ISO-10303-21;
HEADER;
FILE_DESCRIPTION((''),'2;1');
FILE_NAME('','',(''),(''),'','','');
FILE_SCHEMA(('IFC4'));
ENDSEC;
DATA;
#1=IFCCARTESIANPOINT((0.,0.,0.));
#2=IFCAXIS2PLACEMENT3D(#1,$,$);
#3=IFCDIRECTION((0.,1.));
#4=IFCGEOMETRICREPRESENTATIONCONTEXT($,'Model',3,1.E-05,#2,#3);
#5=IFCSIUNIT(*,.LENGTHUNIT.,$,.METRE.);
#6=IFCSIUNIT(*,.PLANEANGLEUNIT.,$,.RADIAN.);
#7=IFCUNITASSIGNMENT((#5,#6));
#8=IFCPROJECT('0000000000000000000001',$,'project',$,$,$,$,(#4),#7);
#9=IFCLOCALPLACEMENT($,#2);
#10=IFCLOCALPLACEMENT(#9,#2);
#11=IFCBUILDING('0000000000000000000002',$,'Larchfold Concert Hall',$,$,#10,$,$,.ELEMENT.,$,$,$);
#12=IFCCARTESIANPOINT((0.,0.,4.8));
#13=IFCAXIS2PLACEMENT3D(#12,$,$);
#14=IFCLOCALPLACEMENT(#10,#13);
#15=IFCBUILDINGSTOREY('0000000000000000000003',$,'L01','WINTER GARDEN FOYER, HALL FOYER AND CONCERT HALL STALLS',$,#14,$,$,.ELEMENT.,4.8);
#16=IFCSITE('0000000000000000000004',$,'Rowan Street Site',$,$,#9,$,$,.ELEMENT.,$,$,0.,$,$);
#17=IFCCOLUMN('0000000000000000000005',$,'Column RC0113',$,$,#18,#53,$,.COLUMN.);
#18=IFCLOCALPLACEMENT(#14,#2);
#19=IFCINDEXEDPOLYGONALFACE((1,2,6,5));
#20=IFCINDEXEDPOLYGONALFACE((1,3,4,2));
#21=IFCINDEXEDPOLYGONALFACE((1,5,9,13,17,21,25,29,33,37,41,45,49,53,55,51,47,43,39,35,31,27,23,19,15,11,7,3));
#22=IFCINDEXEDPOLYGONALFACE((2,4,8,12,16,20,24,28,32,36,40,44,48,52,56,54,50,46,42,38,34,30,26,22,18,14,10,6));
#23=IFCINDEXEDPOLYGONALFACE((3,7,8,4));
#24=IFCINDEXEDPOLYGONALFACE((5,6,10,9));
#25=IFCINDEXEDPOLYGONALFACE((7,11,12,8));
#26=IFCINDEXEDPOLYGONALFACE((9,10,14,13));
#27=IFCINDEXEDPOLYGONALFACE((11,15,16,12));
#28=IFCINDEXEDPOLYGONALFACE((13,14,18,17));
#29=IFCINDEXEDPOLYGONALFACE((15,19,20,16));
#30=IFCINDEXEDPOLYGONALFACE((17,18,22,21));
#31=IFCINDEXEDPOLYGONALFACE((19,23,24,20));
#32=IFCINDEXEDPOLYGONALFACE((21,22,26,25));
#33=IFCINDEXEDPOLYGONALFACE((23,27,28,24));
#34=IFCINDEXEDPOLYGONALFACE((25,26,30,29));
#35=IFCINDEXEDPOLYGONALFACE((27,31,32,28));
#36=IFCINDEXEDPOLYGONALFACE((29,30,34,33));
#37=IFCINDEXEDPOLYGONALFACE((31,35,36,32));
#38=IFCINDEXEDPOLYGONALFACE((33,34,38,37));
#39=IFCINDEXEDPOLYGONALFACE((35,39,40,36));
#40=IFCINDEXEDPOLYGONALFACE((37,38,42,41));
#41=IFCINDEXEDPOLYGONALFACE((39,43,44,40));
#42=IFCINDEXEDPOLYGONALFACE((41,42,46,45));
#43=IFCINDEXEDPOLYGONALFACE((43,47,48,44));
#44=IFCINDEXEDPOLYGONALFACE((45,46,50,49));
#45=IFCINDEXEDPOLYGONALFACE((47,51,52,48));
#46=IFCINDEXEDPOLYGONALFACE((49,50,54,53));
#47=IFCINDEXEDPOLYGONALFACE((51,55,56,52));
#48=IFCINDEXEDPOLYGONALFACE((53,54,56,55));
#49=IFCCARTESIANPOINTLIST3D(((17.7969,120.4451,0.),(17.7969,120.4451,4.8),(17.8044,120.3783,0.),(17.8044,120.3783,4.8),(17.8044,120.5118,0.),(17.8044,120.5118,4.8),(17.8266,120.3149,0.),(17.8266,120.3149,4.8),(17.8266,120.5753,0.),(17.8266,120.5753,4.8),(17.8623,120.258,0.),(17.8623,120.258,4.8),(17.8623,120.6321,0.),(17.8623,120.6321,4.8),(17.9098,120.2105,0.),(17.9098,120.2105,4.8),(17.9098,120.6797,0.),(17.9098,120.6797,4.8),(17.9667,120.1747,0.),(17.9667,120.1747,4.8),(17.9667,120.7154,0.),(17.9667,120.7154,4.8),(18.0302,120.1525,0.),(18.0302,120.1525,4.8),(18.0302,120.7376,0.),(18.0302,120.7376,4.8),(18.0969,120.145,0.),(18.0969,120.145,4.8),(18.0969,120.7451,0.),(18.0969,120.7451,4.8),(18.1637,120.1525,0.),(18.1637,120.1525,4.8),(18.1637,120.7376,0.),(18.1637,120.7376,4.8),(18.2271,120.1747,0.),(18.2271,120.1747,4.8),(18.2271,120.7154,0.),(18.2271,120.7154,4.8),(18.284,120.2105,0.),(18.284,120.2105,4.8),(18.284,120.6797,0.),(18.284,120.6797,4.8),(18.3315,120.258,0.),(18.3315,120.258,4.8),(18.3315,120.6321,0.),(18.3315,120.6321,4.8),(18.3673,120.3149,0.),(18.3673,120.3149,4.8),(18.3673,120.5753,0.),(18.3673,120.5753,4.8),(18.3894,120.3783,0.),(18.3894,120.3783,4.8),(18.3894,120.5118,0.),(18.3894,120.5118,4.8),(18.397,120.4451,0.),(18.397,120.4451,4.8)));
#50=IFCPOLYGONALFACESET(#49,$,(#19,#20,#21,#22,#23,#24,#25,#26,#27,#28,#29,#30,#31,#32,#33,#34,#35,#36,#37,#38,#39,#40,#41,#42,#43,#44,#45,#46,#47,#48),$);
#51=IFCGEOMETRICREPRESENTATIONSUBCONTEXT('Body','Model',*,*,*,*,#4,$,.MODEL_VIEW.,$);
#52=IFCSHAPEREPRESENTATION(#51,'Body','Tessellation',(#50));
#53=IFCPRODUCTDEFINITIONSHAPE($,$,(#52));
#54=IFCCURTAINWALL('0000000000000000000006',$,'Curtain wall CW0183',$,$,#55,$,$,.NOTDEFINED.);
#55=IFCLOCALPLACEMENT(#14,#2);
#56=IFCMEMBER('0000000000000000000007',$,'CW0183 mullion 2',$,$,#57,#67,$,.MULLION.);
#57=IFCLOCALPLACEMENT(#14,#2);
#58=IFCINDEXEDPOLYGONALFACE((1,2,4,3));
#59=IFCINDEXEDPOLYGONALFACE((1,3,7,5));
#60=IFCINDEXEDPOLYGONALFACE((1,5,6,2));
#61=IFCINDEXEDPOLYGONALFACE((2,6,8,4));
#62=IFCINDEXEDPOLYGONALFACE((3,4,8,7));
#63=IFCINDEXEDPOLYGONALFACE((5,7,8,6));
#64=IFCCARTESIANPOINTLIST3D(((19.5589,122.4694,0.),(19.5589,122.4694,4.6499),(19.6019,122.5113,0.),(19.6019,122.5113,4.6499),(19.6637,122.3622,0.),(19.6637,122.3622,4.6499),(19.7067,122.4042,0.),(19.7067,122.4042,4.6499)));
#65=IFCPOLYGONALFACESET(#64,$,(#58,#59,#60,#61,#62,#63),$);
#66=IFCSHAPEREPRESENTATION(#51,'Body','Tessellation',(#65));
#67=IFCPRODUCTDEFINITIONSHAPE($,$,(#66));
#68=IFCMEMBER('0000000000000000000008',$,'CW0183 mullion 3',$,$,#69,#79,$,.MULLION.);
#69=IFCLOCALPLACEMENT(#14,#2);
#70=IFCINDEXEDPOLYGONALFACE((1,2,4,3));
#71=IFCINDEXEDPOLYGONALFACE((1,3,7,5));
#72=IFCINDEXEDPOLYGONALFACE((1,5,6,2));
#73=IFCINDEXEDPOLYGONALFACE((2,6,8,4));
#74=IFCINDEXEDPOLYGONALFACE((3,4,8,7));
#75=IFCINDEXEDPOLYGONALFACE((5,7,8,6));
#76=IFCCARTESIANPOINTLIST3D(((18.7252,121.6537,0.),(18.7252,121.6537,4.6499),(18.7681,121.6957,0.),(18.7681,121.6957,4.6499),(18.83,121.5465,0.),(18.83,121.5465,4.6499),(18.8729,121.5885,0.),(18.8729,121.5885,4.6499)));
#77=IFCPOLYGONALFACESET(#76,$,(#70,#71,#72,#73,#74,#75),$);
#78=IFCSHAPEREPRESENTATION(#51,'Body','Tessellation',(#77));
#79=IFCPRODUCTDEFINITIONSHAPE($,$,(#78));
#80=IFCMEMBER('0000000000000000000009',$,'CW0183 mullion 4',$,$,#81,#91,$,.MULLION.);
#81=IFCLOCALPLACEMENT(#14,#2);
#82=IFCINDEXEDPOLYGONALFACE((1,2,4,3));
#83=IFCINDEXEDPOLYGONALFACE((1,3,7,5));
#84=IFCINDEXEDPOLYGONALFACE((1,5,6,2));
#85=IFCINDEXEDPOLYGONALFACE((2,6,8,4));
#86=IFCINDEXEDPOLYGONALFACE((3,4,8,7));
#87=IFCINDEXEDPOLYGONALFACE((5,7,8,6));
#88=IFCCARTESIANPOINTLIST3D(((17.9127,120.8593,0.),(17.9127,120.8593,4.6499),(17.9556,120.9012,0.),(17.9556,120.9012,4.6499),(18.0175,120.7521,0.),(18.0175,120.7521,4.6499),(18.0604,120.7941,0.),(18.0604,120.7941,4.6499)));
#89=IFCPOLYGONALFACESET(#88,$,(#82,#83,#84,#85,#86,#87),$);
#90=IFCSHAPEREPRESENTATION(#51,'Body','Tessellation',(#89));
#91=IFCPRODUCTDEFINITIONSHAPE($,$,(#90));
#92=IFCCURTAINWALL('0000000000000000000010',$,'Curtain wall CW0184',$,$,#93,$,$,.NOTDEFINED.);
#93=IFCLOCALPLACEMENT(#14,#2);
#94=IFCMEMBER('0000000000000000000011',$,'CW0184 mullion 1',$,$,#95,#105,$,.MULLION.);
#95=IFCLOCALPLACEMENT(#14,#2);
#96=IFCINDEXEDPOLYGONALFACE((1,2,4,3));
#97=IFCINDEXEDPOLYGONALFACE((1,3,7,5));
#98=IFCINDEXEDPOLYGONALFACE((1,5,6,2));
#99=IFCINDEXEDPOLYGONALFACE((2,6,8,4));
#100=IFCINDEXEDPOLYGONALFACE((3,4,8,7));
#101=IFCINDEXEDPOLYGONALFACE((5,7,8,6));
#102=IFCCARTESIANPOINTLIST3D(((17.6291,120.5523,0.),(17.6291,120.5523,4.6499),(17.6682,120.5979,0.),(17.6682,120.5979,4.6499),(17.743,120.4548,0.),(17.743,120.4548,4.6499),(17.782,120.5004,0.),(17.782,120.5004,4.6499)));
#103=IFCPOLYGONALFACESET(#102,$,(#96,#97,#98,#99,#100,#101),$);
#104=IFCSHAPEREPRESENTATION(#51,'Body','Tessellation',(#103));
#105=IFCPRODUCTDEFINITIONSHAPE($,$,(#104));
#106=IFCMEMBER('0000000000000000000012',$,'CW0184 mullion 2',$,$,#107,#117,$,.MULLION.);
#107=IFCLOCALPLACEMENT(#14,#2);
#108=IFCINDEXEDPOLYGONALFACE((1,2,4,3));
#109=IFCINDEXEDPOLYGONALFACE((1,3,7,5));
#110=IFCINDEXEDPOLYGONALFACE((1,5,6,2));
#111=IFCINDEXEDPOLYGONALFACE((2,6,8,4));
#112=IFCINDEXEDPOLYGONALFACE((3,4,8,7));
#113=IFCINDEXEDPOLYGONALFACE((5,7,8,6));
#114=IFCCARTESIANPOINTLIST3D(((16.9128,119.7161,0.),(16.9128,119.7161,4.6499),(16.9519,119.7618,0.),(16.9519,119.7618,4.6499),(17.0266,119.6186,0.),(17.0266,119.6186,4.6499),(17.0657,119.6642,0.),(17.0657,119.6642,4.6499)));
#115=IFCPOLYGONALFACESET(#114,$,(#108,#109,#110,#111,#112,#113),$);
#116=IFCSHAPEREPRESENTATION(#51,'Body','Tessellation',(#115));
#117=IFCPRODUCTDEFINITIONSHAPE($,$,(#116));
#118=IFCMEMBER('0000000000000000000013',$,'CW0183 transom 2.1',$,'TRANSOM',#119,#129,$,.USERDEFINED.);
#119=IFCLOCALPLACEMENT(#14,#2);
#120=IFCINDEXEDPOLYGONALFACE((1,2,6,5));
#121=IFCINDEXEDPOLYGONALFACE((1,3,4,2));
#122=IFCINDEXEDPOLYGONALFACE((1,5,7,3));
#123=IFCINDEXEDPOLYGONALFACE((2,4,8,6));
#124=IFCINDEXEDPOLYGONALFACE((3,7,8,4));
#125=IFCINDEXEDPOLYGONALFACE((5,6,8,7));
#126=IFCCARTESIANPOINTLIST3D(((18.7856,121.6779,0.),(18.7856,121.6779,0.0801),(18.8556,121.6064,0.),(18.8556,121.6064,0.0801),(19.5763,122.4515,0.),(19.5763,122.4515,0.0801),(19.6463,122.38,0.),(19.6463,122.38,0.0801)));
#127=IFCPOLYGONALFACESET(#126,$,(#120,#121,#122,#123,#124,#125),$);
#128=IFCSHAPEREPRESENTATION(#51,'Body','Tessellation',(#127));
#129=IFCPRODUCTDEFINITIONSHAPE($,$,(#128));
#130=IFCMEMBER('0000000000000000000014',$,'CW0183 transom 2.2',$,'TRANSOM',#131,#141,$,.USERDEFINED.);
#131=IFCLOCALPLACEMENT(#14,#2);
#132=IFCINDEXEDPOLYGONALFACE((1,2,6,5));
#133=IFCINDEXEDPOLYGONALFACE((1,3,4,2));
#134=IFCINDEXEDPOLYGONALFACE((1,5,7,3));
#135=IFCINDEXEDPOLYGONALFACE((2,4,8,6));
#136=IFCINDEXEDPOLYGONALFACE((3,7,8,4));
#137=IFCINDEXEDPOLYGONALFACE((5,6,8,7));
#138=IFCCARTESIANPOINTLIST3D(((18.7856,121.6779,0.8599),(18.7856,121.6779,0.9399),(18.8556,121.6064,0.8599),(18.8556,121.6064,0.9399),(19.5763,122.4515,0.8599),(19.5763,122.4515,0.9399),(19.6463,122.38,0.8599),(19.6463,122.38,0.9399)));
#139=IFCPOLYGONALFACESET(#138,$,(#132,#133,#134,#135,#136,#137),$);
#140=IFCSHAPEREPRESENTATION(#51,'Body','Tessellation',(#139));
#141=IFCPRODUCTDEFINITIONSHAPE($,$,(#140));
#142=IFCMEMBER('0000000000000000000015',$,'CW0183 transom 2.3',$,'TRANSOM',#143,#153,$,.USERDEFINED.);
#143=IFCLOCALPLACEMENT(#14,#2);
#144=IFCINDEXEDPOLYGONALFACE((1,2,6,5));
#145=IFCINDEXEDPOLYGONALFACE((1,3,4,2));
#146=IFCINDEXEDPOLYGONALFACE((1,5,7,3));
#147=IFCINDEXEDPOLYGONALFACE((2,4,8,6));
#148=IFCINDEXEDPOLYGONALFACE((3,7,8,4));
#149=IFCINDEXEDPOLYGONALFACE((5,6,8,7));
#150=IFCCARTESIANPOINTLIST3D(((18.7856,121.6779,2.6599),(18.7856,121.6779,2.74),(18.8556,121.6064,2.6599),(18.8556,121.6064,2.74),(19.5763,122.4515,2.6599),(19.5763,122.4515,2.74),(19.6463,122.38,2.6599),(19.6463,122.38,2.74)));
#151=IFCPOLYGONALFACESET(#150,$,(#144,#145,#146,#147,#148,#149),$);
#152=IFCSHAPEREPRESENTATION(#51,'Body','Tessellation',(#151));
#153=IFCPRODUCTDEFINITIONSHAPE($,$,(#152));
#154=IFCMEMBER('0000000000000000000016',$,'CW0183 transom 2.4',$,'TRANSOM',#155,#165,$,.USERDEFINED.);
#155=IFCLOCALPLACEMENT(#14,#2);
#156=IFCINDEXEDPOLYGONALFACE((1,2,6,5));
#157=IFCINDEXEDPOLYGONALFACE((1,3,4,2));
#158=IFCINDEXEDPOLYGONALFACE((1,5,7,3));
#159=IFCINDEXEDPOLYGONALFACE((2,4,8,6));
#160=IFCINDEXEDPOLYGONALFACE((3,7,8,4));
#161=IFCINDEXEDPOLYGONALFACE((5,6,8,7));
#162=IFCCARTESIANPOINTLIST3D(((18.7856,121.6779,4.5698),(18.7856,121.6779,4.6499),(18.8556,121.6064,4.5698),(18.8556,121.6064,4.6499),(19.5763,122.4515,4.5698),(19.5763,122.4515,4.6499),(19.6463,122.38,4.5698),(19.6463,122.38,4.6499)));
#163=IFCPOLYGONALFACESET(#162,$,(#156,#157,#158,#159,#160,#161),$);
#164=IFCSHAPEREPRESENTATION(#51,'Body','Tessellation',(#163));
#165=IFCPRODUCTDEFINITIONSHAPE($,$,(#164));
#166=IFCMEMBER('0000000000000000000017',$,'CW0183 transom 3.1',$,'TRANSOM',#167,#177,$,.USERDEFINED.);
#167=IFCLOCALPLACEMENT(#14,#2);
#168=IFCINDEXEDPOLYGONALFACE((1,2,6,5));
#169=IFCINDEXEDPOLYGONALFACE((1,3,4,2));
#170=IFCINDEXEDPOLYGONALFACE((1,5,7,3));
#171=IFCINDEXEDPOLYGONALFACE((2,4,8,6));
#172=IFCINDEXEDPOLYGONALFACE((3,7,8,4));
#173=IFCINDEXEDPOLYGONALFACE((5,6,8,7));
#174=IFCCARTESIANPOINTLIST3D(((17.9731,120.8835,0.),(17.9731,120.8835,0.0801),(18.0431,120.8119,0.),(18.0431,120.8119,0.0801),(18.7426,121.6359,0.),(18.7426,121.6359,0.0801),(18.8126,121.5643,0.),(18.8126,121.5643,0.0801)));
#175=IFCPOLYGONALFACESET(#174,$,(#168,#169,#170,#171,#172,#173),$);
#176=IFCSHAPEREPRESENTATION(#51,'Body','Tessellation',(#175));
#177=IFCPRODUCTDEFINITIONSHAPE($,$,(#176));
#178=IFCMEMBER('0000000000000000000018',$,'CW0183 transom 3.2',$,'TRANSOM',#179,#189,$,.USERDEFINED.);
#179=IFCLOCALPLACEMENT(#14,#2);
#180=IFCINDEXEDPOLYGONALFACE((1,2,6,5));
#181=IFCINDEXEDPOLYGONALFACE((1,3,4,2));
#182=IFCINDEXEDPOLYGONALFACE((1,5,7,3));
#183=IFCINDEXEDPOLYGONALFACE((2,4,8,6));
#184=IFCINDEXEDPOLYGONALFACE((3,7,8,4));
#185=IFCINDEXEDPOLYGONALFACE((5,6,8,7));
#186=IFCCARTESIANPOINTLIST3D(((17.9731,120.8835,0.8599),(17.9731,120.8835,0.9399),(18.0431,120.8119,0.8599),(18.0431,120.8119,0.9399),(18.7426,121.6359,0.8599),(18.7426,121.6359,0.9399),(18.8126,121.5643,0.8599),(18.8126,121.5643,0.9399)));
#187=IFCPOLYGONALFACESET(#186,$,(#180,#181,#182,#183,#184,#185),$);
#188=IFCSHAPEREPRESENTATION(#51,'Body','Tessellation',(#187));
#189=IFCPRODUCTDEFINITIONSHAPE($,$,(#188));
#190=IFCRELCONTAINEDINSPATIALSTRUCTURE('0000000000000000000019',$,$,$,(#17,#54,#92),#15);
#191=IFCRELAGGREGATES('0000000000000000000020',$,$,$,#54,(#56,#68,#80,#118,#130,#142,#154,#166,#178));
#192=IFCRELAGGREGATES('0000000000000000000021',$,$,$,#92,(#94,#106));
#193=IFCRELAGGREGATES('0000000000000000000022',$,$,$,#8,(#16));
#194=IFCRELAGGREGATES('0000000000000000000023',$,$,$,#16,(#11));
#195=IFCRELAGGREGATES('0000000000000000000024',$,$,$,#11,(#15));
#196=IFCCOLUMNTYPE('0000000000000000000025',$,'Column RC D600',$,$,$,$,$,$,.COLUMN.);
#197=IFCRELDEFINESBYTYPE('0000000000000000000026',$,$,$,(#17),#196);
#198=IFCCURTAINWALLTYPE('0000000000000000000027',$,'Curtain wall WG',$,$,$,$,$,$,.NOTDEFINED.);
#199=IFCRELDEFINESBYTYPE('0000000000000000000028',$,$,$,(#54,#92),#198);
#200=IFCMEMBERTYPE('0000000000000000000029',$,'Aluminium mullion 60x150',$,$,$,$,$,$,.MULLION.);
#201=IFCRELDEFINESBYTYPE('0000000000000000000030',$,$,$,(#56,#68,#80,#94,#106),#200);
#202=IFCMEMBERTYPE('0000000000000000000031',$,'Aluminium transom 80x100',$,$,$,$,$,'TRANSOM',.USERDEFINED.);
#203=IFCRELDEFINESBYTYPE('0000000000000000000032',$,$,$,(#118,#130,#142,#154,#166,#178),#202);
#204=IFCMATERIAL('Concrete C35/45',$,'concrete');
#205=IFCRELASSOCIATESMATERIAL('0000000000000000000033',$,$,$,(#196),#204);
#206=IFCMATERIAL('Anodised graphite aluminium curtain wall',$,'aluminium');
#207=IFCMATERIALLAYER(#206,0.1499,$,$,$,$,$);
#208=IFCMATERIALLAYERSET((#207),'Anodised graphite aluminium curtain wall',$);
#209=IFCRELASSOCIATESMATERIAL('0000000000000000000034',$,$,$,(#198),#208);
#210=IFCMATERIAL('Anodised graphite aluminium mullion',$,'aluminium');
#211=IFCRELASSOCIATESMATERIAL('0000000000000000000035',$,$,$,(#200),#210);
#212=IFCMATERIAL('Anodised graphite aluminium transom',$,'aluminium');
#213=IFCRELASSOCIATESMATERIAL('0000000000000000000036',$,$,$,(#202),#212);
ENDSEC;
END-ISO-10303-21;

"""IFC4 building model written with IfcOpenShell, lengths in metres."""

from ifc_helpers import new_model, si_unit, direction, frame, origin, origin_2d, place, context, subcontext, project, spatial, rectangle, circle, extrude, material, layer, layer_set, material_profile, profile_set, type_object, element, aggregate, save


model = new_model("IFC4")

# Units and contexts
model_context = context("Model", 3, precision=1e-05, world=origin(), true_north=direction((0.0, 1.0)))
body_context = subcontext(model_context, "Body", "Model", "MODEL_VIEW")
ifc_project = project(units=[si_unit("LENGTHUNIT", "METRE"), si_unit("PLANEANGLEUNIT", "RADIAN")], contexts=[model_context])

# Site, building, storey
site_placement = place(None, origin())
site = spatial("IfcSite", under=ifc_project, at=site_placement, Name="Rowan Street Site", CompositionType="ELEMENT", RefElevation=0.0)
building_placement = place(site_placement, origin())
building = spatial("IfcBuilding", under=site, at=building_placement, Name="Larchfold Concert Hall", CompositionType="ELEMENT")
storey_placement = place(building_placement, frame((0.0, 0.0, 4.8)))
storey = spatial("IfcBuildingStorey", under=building, at=storey_placement, Name="L01", Description="WINTER GARDEN FOYER, HALL FOYER AND CONCERT HALL STALLS", CompositionType="ELEMENT", Elevation=4.8)

# Column
ifc_material_1 = material(Name="Concrete C35/45", Category="concrete")
ifc_material_profile_1 = material_profile(ifc_material_1, circle(Radius=0.3, at=origin_2d()))
ifc_profile_set_1 = profile_set([ifc_material_profile_1], Name="Concrete C35/45")
column_type = type_object("IfcColumnType", Name="Column RC D600", PredefinedType="COLUMN", material=ifc_profile_set_1)
column_placement = place(storey_placement, frame((18.0969, 120.4451, 0.0), z_axis=(0.0, 0.0, 1.0), x_axis=(1.0, 0.0, 0.0)))
element("IfcColumn", 1, at=column_placement, inside=storey, type_object=column_type, Name="Column RC0113", PredefinedType="COLUMN", context=body_context, shape_type="SweptSolid", body=[
    extrude(circle(Radius=0.3, at=origin_2d()), origin(), (0.0, 0.0, 1.0), 4.8),
])

# Curtain walls, members
ifc_material_2 = material(Name="Anodised graphite aluminium curtain wall", Category="aluminium")
ifc_layer_1 = layer(ifc_material_2, 0.1499)
ifc_layer_set_1 = layer_set([ifc_layer_1], Name="Anodised graphite aluminium curtain wall")
curtain_wall_type = type_object("IfcCurtainWallType", Name="Curtain wall WG", PredefinedType="NOTDEFINED", material=ifc_layer_set_1)
curtain_wall_1_placement = place(storey_placement, origin())
curtain_wall_1 = element("IfcCurtainWall", 2, at=curtain_wall_1_placement, inside=storey, type_object=curtain_wall_type, Name="Curtain wall CW0183", PredefinedType="NOTDEFINED")
ifc_material_3 = material(Name="Anodised graphite aluminium mullion", Category="aluminium")
ifc_material_profile_2 = material_profile(ifc_material_3, rectangle(XDim=0.1499, YDim=0.0601, at=origin_2d()))
ifc_profile_set_2 = profile_set([ifc_material_profile_2], Name="Anodised graphite aluminium mullion")
member_type_1 = type_object("IfcMemberType", Name="Aluminium mullion 60x150", PredefinedType="MULLION", material=ifc_profile_set_2)
member_1_placement = place(storey_placement, frame((19.6328, 122.4368, 0.0), z_axis=(0.0, 0.0, 1.0), x_axis=(0.699179, -0.714947, 0.0)))
member_1 = element("IfcMember", 3, at=member_1_placement, type_object=member_type_1, Name="CW0183 mullion 2", PredefinedType="MULLION", context=body_context, shape_type="SweptSolid", body=[
    extrude(rectangle(XDim=0.1499, YDim=0.0601, at=origin_2d()), origin(), (0.0, 0.0, 1.0), 4.6499),
])
member_2_placement = place(storey_placement, frame((18.7991, 121.6211, 0.0), z_axis=(0.0, 0.0, 1.0), x_axis=(0.699179, -0.714947, 0.0)))
member_2 = element("IfcMember", 4, at=member_2_placement, type_object=member_type_1, Name="CW0183 mullion 3", PredefinedType="MULLION", context=body_context, shape_type="SweptSolid", body=[
    extrude(rectangle(XDim=0.1499, YDim=0.0601, at=origin_2d()), origin(), (0.0, 0.0, 1.0), 4.6499),
])
member_3_placement = place(storey_placement, frame((17.9866, 120.8267, 0.0), z_axis=(0.0, 0.0, 1.0), x_axis=(0.699179, -0.714947, 0.0)))
member_3 = element("IfcMember", 5, at=member_3_placement, type_object=member_type_1, Name="CW0183 mullion 4", PredefinedType="MULLION", context=body_context, shape_type="SweptSolid", body=[
    extrude(rectangle(XDim=0.1499, YDim=0.0601, at=origin_2d()), origin(), (0.0, 0.0, 1.0), 4.6499),
])
curtain_wall_2_placement = place(storey_placement, origin())
curtain_wall_2 = element("IfcCurtainWall", 6, at=curtain_wall_2_placement, inside=storey, type_object=curtain_wall_type, Name="Curtain wall CW0184", PredefinedType="NOTDEFINED")
member_4_placement = place(storey_placement, frame((17.7056, 120.5264, 0.0), z_axis=(0.0, 0.0, 1.0), x_axis=(0.759445, -0.650572, 0.0)))
member_4 = element("IfcMember", 7, at=member_4_placement, type_object=member_type_1, Name="CW0184 mullion 1", PredefinedType="MULLION", context=body_context, shape_type="SweptSolid", body=[
    extrude(rectangle(XDim=0.1499, YDim=0.0601, at=origin_2d()), origin(), (0.0, 0.0, 1.0), 4.6499),
])
member_5_placement = place(storey_placement, frame((16.9893, 119.6902, 0.0), z_axis=(0.0, 0.0, 1.0), x_axis=(0.759445, -0.650572, 0.0)))
member_5 = element("IfcMember", 8, at=member_5_placement, type_object=member_type_1, Name="CW0184 mullion 2", PredefinedType="MULLION", context=body_context, shape_type="SweptSolid", body=[
    extrude(rectangle(XDim=0.1499, YDim=0.0601, at=origin_2d()), origin(), (0.0, 0.0, 1.0), 4.6499),
])

# Members
ifc_material_4 = material(Name="Anodised graphite aluminium transom", Category="aluminium")
ifc_material_profile_3 = material_profile(ifc_material_4, rectangle(XDim=0.1001, YDim=0.0801, at=origin_2d()))
ifc_profile_set_3 = profile_set([ifc_material_profile_3], Name="Anodised graphite aluminium transom")
member_type_2 = type_object("IfcMemberType", Name="Aluminium transom 80x100", ElementType="TRANSOM", PredefinedType="USERDEFINED", material=ifc_profile_set_3)
member_6_placement = place(storey_placement, frame((19.6113, 122.4158, 0.04), z_axis=(-0.714788, -0.699341, 0.0), x_axis=(0.699341, -0.714788, 0.0)))
member_6 = element("IfcMember", 9, at=member_6_placement, type_object=member_type_2, Name="CW0183 transom 2.1", ObjectType="TRANSOM", PredefinedType="USERDEFINED", context=body_context, shape_type="SweptSolid", body=[
    extrude(rectangle(XDim=0.1001, YDim=0.0801, at=origin_2d()), origin(), (0.0, 0.0, 1.0), 1.1062),
])
member_7_placement = place(storey_placement, frame((19.6113, 122.4158, 0.8999), z_axis=(-0.714788, -0.699341, 0.0), x_axis=(0.699341, -0.714788, 0.0)))
member_7 = element("IfcMember", 10, at=member_7_placement, type_object=member_type_2, Name="CW0183 transom 2.2", ObjectType="TRANSOM", PredefinedType="USERDEFINED", context=body_context, shape_type="SweptSolid", body=[
    extrude(rectangle(XDim=0.1001, YDim=0.0801, at=origin_2d()), origin(), (0.0, 0.0, 1.0), 1.1062),
])
member_8_placement = place(storey_placement, frame((19.6113, 122.4158, 2.7), z_axis=(-0.714788, -0.699341, 0.0), x_axis=(0.699341, -0.714788, 0.0)))
member_8 = element("IfcMember", 11, at=member_8_placement, type_object=member_type_2, Name="CW0183 transom 2.3", ObjectType="TRANSOM", PredefinedType="USERDEFINED", context=body_context, shape_type="SweptSolid", body=[
    extrude(rectangle(XDim=0.1001, YDim=0.0801, at=origin_2d()), origin(), (0.0, 0.0, 1.0), 1.1062),
])
member_9_placement = place(storey_placement, frame((19.6113, 122.4158, 4.6099), z_axis=(-0.714788, -0.699341, 0.0), x_axis=(0.699341, -0.714788, 0.0)))
member_9 = element("IfcMember", 12, at=member_9_placement, type_object=member_type_2, Name="CW0183 transom 2.4", ObjectType="TRANSOM", PredefinedType="USERDEFINED", context=body_context, shape_type="SweptSolid", body=[
    extrude(rectangle(XDim=0.1001, YDim=0.0801, at=origin_2d()), origin(), (0.0, 0.0, 1.0), 1.1062),
])
member_10_placement = place(storey_placement, frame((18.7776, 121.6001, 0.04), z_axis=(-0.715002, -0.699123, 0.0), x_axis=(0.699123, -0.715002, 0.0)))
member_10 = element("IfcMember", 13, at=member_10_placement, type_object=member_type_2, Name="CW0183 transom 3.1", ObjectType="TRANSOM", PredefinedType="USERDEFINED", context=body_context, shape_type="SweptSolid", body=[
    extrude(rectangle(XDim=0.1001, YDim=0.0801, at=origin_2d()), origin(), (0.0, 0.0, 1.0), 1.0762),
])
member_11_placement = place(storey_placement, frame((18.7776, 121.6001, 0.8999), z_axis=(-0.715002, -0.699123, 0.0), x_axis=(0.699123, -0.715002, 0.0)))
member_11 = element("IfcMember", 14, at=member_11_placement, type_object=member_type_2, Name="CW0183 transom 3.2", ObjectType="TRANSOM", PredefinedType="USERDEFINED", context=body_context, shape_type="SweptSolid", body=[
    extrude(rectangle(XDim=0.1001, YDim=0.0801, at=origin_2d()), origin(), (0.0, 0.0, 1.0), 1.0762),
])

aggregate(curtain_wall_1, [member_1, member_2, member_3, member_6, member_7, member_8, member_9, member_10, member_11])
aggregate(curtain_wall_2, [member_4, member_5])

save(model, "model.ifc")
